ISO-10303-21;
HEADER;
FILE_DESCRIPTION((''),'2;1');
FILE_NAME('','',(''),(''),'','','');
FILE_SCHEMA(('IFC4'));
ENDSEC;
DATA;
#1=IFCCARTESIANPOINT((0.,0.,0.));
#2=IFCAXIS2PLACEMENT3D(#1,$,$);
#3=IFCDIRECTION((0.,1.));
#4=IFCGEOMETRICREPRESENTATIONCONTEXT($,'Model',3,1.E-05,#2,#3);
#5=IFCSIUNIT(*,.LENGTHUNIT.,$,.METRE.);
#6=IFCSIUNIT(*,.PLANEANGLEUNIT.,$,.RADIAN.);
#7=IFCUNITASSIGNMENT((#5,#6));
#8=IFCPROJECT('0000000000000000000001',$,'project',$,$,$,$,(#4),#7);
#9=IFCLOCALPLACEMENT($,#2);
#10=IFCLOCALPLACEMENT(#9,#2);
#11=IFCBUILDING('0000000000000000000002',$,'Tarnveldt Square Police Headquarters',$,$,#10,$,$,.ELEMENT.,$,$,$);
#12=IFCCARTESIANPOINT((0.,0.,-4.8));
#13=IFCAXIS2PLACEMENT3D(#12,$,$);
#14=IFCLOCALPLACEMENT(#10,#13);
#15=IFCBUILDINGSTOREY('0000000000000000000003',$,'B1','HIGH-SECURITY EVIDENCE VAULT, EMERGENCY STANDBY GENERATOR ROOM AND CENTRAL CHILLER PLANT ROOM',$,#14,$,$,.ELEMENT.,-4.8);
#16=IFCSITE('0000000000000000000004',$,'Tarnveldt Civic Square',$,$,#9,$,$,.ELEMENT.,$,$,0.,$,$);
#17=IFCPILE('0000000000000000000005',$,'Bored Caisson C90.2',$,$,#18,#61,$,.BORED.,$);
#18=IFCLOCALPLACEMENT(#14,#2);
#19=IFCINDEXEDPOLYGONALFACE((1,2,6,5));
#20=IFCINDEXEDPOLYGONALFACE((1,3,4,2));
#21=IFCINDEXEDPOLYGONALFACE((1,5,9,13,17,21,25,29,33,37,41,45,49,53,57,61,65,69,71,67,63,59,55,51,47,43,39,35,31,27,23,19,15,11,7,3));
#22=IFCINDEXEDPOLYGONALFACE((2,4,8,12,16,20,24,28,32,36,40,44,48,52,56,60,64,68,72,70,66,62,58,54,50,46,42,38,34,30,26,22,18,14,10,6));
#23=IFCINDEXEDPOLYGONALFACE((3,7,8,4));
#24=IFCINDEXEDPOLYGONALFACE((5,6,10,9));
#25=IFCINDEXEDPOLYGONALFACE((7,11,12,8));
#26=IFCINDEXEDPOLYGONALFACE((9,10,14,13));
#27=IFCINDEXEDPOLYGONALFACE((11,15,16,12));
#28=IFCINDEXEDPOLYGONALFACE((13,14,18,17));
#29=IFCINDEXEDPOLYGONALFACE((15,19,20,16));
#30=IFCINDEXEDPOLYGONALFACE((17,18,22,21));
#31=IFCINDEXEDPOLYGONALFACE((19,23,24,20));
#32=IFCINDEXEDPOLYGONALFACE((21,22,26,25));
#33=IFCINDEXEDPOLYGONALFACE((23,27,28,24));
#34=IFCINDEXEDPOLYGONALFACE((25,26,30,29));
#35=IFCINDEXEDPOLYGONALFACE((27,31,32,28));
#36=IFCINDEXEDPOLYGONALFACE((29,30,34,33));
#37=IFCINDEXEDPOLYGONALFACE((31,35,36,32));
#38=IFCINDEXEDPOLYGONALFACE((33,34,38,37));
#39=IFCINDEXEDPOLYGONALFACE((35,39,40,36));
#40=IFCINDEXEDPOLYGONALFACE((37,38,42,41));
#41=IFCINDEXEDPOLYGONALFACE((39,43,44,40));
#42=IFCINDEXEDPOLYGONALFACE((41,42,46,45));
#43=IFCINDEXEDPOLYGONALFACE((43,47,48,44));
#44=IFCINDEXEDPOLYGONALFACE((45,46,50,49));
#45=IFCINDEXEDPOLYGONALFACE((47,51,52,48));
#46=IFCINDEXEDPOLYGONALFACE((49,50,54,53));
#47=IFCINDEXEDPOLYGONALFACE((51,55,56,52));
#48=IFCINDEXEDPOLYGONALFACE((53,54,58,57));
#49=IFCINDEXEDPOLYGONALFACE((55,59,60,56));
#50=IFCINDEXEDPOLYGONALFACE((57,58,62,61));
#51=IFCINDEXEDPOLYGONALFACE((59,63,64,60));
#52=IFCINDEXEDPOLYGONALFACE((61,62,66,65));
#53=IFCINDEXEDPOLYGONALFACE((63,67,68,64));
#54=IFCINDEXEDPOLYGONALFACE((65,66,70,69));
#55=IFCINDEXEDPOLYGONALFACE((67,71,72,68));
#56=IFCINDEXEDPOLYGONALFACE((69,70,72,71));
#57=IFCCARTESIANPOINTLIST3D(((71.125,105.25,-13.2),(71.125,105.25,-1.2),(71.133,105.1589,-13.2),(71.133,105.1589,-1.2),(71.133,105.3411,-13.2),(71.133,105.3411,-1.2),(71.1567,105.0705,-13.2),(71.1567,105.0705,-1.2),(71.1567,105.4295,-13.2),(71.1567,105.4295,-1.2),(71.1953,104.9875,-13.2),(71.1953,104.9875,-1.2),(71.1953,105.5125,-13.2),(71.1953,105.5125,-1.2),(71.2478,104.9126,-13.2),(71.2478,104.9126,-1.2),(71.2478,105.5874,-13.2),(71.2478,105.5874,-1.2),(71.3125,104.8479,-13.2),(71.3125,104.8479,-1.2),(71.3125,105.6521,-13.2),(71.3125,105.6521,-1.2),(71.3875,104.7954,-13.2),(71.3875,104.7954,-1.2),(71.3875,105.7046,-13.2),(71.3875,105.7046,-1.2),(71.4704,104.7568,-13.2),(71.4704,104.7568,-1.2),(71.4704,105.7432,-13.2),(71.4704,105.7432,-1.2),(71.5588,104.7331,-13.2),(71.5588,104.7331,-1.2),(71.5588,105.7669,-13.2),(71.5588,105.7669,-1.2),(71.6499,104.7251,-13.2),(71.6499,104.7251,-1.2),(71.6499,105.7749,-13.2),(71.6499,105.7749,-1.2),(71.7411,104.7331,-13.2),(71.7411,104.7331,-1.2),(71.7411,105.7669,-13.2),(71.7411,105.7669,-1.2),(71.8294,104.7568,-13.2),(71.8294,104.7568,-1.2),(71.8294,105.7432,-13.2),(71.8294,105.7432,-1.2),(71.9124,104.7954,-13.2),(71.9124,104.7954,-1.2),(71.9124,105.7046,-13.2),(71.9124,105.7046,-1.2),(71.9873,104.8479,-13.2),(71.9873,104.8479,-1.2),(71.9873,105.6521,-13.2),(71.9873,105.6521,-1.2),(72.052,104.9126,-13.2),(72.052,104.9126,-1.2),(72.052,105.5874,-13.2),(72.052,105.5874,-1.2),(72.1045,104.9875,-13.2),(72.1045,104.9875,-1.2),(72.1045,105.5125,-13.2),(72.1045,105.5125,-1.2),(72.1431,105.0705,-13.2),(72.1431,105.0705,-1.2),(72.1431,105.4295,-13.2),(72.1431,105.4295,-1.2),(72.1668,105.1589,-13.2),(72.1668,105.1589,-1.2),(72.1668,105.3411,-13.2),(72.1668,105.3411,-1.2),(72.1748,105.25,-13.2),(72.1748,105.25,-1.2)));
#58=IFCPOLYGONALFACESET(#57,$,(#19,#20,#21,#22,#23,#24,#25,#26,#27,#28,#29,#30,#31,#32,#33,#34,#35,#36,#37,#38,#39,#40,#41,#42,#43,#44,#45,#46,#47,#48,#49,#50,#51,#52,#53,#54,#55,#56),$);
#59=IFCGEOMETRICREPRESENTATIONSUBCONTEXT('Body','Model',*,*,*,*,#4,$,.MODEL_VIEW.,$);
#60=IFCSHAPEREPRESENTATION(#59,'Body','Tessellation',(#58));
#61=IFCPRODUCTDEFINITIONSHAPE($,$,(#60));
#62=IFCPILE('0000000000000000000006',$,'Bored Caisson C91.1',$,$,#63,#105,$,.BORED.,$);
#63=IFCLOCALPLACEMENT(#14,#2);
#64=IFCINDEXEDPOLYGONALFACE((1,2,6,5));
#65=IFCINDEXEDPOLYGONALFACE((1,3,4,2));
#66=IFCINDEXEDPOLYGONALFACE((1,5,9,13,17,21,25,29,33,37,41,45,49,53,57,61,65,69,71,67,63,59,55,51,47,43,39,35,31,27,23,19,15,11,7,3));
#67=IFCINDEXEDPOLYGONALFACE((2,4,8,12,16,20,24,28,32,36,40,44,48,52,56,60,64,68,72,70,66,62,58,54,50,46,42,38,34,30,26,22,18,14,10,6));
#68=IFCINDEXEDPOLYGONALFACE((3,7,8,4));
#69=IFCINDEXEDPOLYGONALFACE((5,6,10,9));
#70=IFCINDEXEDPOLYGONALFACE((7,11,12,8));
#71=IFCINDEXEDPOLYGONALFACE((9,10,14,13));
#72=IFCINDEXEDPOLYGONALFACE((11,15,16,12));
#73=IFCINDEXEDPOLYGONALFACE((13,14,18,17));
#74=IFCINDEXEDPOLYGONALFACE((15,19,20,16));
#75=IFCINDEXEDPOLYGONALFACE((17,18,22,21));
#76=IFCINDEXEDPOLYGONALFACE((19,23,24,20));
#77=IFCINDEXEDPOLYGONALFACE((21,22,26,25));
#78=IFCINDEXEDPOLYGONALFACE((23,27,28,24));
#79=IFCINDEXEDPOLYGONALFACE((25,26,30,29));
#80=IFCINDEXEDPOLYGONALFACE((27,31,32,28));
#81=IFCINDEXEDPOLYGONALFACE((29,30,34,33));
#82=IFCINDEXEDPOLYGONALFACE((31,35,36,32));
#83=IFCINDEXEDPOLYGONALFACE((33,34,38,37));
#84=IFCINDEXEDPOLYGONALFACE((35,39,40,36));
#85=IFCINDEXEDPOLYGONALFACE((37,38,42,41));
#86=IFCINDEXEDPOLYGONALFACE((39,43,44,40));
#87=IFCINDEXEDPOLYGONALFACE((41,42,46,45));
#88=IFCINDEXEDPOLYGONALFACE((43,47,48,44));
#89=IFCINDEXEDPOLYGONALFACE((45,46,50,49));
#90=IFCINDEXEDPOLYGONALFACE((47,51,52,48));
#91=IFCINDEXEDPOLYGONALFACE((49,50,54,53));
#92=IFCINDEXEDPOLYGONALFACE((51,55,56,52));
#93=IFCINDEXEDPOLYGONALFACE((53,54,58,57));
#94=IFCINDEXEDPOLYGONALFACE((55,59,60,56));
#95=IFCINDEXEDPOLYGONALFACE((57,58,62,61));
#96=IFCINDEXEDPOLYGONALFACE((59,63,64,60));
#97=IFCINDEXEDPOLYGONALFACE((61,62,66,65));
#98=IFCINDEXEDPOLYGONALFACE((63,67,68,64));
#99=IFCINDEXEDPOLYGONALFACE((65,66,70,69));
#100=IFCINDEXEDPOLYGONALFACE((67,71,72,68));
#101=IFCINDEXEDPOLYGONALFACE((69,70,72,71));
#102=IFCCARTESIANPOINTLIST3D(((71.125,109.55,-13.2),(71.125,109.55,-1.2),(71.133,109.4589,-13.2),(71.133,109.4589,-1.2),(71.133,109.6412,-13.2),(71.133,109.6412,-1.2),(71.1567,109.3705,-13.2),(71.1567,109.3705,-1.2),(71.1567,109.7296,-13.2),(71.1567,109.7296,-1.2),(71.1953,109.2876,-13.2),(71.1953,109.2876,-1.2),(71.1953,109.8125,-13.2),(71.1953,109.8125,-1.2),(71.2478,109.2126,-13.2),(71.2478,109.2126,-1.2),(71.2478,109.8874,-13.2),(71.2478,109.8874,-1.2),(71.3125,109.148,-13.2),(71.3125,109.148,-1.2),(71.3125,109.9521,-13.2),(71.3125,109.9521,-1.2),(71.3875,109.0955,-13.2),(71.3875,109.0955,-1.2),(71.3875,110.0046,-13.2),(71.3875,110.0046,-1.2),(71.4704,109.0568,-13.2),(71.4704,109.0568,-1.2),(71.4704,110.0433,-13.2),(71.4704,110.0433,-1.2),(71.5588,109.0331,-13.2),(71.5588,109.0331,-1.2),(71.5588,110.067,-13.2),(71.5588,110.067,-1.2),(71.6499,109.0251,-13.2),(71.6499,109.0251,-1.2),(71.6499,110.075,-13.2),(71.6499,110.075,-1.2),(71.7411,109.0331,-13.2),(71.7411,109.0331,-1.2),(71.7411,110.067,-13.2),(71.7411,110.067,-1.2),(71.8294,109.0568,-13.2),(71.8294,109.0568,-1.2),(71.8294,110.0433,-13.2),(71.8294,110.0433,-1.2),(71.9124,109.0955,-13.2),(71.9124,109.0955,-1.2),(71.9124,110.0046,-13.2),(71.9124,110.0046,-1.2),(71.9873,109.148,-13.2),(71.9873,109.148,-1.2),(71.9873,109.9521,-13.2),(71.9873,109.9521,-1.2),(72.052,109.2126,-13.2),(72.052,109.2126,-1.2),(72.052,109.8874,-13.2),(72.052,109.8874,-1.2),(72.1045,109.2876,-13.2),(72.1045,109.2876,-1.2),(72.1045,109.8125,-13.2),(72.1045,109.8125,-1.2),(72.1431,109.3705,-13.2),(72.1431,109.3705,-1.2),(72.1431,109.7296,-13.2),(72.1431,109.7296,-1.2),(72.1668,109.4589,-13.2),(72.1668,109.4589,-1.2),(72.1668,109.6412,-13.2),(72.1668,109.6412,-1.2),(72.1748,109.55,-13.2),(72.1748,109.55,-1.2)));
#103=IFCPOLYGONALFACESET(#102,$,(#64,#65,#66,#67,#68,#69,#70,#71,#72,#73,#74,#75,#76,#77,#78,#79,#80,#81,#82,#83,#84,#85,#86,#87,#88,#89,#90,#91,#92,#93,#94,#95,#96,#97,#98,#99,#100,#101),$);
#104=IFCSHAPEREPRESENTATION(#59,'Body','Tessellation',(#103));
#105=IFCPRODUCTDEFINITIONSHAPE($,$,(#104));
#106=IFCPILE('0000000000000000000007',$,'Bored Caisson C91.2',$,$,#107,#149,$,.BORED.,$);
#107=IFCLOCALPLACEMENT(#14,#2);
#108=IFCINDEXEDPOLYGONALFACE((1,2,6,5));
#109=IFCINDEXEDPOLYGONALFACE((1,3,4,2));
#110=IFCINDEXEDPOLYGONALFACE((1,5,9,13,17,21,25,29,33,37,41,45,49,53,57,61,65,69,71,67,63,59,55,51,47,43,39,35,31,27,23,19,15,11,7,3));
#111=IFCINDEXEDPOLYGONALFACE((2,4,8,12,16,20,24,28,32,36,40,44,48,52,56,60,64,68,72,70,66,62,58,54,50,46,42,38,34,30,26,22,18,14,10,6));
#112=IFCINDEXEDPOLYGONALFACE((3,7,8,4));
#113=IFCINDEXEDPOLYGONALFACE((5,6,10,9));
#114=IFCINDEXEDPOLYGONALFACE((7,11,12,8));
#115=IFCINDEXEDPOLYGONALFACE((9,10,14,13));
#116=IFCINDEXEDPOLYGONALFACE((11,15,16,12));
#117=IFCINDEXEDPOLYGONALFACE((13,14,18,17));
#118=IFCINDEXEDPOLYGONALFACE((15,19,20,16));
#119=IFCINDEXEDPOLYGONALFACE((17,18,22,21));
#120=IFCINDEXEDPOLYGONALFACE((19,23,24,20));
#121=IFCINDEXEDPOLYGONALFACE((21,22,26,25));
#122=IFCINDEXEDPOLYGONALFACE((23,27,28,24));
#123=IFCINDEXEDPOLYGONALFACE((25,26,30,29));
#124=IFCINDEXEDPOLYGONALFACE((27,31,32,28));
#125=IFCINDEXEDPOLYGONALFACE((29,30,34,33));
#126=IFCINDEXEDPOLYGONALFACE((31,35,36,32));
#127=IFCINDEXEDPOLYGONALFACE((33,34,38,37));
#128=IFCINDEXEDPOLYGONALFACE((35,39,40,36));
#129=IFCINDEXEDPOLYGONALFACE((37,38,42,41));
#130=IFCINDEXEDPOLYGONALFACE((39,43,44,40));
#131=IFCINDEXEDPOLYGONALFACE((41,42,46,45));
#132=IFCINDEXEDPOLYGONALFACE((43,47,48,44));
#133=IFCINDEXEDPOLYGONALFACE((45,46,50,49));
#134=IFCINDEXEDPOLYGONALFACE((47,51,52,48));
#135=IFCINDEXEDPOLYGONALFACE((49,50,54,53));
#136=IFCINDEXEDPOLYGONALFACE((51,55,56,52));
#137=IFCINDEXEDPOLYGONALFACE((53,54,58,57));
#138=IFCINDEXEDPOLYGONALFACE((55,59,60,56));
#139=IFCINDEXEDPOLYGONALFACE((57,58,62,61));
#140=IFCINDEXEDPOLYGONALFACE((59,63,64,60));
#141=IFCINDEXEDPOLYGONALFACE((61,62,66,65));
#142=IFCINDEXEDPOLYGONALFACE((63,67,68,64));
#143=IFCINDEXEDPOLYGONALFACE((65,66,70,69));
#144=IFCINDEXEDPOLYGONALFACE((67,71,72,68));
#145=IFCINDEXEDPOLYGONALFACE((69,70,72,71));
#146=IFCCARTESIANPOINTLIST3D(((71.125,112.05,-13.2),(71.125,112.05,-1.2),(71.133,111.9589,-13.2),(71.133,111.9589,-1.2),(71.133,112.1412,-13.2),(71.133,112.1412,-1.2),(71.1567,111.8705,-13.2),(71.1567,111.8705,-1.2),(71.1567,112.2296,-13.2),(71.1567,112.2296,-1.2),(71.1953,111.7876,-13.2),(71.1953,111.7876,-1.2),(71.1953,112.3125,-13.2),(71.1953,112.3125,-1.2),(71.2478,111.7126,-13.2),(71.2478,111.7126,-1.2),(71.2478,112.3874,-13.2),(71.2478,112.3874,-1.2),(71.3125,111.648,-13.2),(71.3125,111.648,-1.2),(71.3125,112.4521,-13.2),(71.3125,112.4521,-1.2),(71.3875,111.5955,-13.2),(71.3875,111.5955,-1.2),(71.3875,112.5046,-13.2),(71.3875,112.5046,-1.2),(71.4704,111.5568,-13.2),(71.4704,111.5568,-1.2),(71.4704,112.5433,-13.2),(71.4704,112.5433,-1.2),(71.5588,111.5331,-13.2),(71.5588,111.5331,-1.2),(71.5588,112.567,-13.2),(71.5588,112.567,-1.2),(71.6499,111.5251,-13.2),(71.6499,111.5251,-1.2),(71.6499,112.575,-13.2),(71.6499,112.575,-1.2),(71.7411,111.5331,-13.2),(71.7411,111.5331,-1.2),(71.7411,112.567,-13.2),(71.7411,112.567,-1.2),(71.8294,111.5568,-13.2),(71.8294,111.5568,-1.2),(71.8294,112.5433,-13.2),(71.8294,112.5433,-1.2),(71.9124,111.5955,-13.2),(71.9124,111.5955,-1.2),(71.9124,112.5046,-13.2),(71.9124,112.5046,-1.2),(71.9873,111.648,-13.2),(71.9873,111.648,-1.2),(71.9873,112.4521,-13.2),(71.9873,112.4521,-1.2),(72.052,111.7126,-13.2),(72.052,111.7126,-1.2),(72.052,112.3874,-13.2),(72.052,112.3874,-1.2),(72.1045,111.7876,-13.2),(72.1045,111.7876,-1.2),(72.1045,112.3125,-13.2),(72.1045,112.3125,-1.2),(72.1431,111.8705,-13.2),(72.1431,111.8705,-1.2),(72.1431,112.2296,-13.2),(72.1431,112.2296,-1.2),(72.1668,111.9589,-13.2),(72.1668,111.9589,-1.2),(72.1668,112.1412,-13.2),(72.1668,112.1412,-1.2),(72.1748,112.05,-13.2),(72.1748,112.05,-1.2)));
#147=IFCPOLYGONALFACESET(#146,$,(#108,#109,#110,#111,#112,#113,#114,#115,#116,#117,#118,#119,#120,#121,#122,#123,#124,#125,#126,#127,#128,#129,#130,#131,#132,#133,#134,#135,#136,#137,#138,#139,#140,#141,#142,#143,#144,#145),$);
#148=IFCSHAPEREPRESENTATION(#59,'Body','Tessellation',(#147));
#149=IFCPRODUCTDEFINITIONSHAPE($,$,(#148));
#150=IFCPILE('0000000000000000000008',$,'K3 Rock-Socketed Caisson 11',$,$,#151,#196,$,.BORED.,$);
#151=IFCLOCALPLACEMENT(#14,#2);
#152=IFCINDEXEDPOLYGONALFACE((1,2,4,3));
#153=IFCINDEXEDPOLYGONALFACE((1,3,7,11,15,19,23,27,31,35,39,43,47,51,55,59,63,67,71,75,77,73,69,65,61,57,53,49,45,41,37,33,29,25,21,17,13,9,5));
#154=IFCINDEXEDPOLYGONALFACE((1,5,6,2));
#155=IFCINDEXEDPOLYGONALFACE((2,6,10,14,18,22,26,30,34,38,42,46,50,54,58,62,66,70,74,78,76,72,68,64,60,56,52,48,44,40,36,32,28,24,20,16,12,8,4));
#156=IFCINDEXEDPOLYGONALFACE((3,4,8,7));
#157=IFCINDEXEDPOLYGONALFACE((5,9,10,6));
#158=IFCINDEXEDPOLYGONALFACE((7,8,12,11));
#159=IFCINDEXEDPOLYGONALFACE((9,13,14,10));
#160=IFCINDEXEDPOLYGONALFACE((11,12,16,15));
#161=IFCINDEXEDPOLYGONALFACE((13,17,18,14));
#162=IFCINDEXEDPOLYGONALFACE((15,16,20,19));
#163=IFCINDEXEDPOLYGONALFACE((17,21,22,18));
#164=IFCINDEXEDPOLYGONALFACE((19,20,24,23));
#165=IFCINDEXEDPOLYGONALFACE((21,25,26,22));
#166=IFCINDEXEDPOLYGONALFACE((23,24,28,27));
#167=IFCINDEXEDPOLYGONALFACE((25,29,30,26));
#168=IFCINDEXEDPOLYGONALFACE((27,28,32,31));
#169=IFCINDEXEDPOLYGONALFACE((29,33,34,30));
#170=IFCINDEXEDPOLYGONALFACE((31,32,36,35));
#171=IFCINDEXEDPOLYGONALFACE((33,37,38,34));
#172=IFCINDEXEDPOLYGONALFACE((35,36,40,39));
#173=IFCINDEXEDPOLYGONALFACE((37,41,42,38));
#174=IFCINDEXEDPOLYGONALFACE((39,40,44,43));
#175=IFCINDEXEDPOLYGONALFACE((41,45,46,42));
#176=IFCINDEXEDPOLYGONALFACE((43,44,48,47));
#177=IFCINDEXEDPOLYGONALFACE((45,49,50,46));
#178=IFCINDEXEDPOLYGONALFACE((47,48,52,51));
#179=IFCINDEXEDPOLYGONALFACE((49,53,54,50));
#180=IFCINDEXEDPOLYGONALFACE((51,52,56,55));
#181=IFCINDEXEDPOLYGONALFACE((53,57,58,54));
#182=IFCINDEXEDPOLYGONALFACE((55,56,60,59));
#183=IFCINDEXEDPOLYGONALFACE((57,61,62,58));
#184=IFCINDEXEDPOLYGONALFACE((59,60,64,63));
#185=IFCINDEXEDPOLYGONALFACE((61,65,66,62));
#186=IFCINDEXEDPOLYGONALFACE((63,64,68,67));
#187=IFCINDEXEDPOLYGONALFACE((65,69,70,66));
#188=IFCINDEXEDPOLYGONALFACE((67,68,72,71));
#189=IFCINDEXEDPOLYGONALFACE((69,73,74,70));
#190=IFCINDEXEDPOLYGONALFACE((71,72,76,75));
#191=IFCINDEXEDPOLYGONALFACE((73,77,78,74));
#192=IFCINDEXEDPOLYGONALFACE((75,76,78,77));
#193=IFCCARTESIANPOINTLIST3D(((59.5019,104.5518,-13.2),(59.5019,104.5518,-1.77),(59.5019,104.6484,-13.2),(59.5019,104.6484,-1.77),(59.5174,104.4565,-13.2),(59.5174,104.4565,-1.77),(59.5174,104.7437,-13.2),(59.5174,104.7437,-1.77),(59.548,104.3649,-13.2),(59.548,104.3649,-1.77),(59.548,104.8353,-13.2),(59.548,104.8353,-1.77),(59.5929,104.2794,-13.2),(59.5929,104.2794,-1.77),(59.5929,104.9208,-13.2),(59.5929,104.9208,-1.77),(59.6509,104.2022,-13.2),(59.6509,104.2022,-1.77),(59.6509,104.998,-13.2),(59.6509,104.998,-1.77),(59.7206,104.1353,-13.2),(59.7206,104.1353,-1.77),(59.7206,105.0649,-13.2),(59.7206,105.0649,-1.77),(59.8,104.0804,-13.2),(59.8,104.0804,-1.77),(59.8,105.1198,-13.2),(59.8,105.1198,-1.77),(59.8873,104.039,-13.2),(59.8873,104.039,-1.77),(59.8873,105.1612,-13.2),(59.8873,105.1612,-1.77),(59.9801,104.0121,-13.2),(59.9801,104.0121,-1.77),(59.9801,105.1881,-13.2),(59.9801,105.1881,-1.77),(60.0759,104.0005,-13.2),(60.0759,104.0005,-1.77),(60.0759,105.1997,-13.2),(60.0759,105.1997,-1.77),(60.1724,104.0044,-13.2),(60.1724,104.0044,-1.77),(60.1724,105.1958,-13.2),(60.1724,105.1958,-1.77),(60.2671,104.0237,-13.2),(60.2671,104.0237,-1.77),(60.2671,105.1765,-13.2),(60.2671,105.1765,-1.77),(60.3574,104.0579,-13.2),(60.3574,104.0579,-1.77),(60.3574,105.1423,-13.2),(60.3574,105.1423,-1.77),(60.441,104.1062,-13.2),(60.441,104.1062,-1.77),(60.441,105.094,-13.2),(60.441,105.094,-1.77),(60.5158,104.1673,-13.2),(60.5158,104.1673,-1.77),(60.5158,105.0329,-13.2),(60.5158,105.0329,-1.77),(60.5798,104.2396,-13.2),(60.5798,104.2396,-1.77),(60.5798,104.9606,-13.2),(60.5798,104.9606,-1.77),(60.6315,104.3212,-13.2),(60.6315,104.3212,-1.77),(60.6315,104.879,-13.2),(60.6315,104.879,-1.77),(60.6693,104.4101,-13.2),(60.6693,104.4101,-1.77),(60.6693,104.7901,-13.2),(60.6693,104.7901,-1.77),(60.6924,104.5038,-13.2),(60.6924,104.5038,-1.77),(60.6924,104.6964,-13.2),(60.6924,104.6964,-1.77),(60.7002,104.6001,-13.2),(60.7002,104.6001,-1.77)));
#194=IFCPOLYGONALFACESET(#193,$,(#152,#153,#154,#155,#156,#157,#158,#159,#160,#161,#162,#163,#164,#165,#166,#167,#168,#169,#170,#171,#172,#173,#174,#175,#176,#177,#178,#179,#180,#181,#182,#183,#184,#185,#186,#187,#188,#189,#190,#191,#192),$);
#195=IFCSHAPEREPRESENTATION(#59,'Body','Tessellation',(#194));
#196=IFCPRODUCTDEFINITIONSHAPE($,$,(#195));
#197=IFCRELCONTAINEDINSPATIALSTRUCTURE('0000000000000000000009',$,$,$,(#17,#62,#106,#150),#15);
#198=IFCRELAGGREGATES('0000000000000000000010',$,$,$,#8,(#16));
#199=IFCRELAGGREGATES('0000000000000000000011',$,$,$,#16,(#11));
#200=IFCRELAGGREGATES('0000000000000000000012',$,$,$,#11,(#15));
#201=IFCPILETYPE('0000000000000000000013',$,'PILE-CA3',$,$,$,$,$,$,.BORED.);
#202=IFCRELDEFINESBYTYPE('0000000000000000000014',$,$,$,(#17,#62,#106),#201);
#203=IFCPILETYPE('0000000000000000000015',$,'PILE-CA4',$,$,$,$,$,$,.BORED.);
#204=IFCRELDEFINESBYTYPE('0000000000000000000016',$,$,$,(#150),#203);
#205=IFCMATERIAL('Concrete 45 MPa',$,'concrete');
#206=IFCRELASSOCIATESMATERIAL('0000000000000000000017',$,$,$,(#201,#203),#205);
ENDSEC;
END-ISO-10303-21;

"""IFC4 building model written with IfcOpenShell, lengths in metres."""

from ifc_helpers import new_model, si_unit, direction, frame, origin, origin_2d, place, context, subcontext, project, spatial, circle, extrude, material, material_profile, profile_set, type_object, element, save


model = new_model("IFC4")

# Units and contexts
model_context = context("Model", 3, precision=1e-05, world=origin(), true_north=direction((0.0, 1.0)))
body_context = subcontext(model_context, "Body", "Model", "MODEL_VIEW")
ifc_project = project(units=[si_unit("LENGTHUNIT", "METRE"), si_unit("PLANEANGLEUNIT", "RADIAN")], contexts=[model_context])

# Site, building, storey
site_placement = place(None, origin())
site = spatial("IfcSite", under=ifc_project, at=site_placement, Name="Tarnveldt Civic Square", CompositionType="ELEMENT", RefElevation=0.0)
building_placement = place(site_placement, origin())
building = spatial("IfcBuilding", under=site, at=building_placement, Name="Tarnveldt Square Police Headquarters", CompositionType="ELEMENT")
storey_placement = place(building_placement, frame((0.0, 0.0, -4.8)))
storey = spatial("IfcBuildingStorey", under=building, at=storey_placement, Name="B1", Description="HIGH-SECURITY EVIDENCE VAULT, EMERGENCY STANDBY GENERATOR ROOM AND CENTRAL CHILLER PLANT ROOM", CompositionType="ELEMENT", Elevation=-4.8)

# Shared definitions
ifc_material_1 = material(Name="Concrete 45 MPa", Category="concrete")

# Piles
ifc_material_profile_1 = material_profile(ifc_material_1, circle(Radius=0.5249, at=origin_2d()), Name="CAISSON-D1050")
ifc_profile_set_1 = profile_set([ifc_material_profile_1], Name="Concrete 45 MPa")
pile_type_1 = type_object("IfcPileType", Name="PILE-CA3", PredefinedType="BORED", material=ifc_profile_set_1)
for number, where, z_axis, x_axis, name in (
    (1, (71.6499, 105.25, -1.2), (0.0, 0.0, -1.0), (1.0, 0.0, 0.0), "Bored Caisson C90.2"),
    (2, (71.6499, 109.55, -1.2), (0.0, 0.0, -1.0), (1.0, 0.0, 0.0), "Bored Caisson C91.1"),
    (3, (71.6499, 112.05, -1.2), (0.0, 0.0, -1.0), (1.0, 0.0, 0.0), "Bored Caisson C91.2"),
):
    element("IfcPile", number, at=place(storey_placement, frame(where, z_axis=z_axis, x_axis=x_axis)), inside=storey, type_object=pile_type_1, Name=name, PredefinedType="BORED", context=body_context, shape_type="SweptSolid", body=[
        extrude(circle(Radius=0.5249, at=origin_2d()), origin(), (0.0, 0.0, 1.0), 12.0),
    ])
ifc_material_profile_2 = material_profile(ifc_material_1, circle(Radius=0.6001, at=origin_2d()), Name="CAISSON-D1200")
ifc_profile_set_2 = profile_set([ifc_material_profile_2], Name="Concrete 45 MPa")
pile_type_2 = type_object("IfcPileType", Name="PILE-CA4", PredefinedType="BORED", material=ifc_profile_set_2)
for number, where, z_axis, x_axis, name in (
    (4, (60.1001, 104.6001, -1.77), (0.0, 0.0, -1.0), (1.0, 0.0, 0.0), "K3 Rock-Socketed Caisson 11"),
):
    element("IfcPile", number, at=place(storey_placement, frame(where, z_axis=z_axis, x_axis=x_axis)), inside=storey, type_object=pile_type_2, Name=name, PredefinedType="BORED", context=body_context, shape_type="SweptSolid", body=[
        extrude(circle(Radius=0.6001, at=origin_2d()), origin(), (0.0, 0.0, 1.0), 11.4299),
    ])

save(model, "model.ifc")
